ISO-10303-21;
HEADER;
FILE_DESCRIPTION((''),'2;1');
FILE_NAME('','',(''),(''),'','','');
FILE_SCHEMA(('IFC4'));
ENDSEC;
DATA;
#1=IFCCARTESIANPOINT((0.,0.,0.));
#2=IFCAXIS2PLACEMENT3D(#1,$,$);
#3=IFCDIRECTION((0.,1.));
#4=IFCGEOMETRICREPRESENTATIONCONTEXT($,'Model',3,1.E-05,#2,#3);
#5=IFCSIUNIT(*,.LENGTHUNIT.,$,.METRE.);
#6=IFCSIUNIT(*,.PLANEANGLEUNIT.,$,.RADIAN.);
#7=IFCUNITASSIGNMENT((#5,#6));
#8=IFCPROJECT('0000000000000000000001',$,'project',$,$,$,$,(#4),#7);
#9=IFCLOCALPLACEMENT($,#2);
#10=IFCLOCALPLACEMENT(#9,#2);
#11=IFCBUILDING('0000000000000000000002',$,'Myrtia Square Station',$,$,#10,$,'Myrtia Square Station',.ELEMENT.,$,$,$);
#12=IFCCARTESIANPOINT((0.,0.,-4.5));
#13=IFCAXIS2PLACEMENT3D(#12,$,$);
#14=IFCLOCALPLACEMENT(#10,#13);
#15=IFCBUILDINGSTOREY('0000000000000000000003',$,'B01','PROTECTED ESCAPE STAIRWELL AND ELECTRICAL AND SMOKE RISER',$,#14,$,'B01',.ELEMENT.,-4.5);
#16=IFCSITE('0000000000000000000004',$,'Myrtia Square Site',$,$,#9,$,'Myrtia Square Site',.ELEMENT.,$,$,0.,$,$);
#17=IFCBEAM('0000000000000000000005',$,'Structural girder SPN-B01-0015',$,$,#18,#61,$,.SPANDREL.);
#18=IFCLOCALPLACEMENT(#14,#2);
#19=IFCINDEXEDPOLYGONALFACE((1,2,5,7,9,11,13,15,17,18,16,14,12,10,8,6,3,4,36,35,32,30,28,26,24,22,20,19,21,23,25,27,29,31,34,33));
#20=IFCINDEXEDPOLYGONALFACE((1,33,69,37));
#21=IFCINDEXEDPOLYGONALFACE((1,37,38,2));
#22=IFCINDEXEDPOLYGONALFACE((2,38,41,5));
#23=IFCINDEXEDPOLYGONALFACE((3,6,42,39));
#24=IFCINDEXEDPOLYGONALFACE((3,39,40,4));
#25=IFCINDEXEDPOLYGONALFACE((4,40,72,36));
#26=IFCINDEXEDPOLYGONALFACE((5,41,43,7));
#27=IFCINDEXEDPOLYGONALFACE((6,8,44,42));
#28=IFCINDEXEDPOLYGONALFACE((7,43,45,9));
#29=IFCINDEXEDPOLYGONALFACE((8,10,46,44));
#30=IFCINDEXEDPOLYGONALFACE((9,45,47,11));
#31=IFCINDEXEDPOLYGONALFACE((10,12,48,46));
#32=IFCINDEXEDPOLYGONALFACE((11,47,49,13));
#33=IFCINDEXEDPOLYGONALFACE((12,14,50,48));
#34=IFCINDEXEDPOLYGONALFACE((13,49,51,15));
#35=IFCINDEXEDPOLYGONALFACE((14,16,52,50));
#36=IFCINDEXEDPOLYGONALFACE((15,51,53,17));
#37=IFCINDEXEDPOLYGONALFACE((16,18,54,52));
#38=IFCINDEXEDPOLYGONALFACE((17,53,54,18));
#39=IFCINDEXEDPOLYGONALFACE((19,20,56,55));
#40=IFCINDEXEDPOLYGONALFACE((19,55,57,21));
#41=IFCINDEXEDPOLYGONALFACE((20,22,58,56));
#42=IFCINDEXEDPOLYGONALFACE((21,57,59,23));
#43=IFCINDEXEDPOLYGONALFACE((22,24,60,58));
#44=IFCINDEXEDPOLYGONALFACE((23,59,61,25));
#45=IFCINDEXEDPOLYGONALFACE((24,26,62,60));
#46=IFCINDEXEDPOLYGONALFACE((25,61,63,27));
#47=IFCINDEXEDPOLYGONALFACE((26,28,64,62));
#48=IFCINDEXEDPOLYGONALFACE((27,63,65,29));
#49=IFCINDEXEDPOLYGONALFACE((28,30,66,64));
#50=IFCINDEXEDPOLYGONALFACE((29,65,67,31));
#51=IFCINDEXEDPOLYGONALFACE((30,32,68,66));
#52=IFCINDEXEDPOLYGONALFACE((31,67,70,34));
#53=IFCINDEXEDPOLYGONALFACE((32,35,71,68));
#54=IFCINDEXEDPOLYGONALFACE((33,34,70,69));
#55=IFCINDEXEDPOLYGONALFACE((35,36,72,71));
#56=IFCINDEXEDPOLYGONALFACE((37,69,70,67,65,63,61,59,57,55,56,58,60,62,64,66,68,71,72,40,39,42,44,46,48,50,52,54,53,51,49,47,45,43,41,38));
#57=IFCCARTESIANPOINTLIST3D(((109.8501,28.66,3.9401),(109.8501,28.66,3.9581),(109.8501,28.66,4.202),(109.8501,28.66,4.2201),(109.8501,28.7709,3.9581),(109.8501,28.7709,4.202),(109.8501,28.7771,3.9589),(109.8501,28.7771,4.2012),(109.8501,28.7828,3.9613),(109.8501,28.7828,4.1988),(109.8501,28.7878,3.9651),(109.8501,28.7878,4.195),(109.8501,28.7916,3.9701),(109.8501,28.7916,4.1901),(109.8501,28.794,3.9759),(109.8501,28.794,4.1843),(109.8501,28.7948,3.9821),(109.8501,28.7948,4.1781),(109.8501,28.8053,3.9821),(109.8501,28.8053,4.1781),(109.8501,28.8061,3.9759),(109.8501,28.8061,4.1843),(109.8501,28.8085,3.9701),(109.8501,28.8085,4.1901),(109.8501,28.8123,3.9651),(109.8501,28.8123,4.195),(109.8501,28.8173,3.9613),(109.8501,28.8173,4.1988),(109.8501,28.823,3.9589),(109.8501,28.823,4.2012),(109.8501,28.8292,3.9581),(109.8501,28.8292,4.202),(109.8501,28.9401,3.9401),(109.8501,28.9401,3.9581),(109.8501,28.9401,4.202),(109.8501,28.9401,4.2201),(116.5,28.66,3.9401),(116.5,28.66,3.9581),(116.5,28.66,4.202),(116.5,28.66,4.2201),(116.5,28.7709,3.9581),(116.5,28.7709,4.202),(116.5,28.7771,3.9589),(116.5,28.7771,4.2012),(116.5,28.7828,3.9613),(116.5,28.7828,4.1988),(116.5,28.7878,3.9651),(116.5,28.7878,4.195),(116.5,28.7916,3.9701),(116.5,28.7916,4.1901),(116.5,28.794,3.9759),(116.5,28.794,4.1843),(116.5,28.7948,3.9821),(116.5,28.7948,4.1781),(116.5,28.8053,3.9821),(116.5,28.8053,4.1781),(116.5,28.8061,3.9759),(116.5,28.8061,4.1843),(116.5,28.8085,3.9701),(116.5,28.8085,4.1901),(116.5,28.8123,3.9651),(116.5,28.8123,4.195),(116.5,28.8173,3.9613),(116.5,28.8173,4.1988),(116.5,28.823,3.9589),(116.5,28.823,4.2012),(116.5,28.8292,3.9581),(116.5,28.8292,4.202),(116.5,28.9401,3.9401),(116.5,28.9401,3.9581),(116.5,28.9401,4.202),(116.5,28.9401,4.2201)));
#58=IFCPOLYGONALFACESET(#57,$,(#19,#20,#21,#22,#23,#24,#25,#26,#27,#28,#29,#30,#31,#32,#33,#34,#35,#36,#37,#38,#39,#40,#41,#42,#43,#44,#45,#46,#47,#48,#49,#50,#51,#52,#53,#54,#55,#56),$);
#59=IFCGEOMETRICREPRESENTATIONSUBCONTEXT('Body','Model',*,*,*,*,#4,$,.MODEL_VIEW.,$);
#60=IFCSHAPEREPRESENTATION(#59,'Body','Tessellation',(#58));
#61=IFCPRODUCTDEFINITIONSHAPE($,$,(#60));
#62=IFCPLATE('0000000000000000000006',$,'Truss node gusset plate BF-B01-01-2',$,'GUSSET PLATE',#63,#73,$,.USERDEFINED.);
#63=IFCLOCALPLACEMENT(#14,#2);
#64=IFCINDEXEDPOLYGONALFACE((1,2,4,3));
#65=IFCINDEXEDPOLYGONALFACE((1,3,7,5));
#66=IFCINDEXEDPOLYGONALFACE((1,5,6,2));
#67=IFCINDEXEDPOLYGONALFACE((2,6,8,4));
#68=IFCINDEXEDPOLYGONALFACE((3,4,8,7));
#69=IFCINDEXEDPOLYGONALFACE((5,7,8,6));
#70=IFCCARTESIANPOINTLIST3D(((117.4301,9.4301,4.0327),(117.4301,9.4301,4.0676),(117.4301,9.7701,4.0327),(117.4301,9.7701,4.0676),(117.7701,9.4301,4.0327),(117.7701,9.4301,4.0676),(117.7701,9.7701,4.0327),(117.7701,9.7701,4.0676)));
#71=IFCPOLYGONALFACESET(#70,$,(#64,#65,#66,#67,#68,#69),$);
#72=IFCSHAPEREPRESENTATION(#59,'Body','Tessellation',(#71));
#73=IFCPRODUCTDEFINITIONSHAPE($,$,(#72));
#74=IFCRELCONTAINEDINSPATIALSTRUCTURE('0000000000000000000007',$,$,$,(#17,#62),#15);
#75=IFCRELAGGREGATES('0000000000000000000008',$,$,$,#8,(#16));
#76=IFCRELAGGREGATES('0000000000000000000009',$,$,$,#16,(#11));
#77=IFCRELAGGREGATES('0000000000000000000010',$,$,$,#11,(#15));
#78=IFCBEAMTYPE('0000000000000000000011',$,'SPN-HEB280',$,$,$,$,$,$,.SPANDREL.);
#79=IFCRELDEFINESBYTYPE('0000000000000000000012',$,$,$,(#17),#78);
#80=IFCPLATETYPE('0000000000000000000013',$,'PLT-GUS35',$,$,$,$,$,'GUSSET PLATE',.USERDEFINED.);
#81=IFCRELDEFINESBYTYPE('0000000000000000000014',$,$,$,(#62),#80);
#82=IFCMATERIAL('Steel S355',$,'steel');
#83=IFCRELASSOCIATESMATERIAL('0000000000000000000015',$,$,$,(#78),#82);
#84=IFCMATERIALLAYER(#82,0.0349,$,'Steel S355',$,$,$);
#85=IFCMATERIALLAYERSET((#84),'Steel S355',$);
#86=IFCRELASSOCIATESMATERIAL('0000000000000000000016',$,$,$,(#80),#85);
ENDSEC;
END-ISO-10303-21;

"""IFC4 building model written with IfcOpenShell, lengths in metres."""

from ifc_helpers import new_model, si_unit, direction, frame, origin, origin_2d, place, context, subcontext, project, spatial, rectangle, i_section, extrude, material, layer, layer_set, material_profile, profile_set, type_object, element, save


model = new_model("IFC4")

# Units and contexts
model_context = context("Model", 3, precision=1e-05, world=origin(), true_north=direction((0.0, 1.0)))
body_context = subcontext(model_context, "Body", "Model", "MODEL_VIEW")
ifc_project = project(units=[si_unit("LENGTHUNIT", "METRE"), si_unit("PLANEANGLEUNIT", "RADIAN")], contexts=[model_context])

# Site, building, storey
site_placement = place(None, origin())
site = spatial("IfcSite", under=ifc_project, at=site_placement, Name="Myrtia Square Site", LongName="Myrtia Square Site", CompositionType="ELEMENT", RefElevation=0.0)
building_placement = place(site_placement, origin())
building = spatial("IfcBuilding", under=site, at=building_placement, Name="Myrtia Square Station", LongName="Myrtia Square Station", CompositionType="ELEMENT")
storey_placement = place(building_placement, frame((0.0, 0.0, -4.5)))
storey = spatial("IfcBuildingStorey", under=building, at=storey_placement, Name="B01", Description="PROTECTED ESCAPE STAIRWELL AND ELECTRICAL AND SMOKE RISER", LongName="B01", CompositionType="ELEMENT", Elevation=-4.5)

# Shared definitions
ifc_material_1 = material(Name="Steel S355", Category="steel")

# Beam
ifc_material_profile_1 = material_profile(ifc_material_1, i_section(OverallWidth=0.28, OverallDepth=0.28, WebThickness=0.0105, FlangeThickness=0.0181, FilletRadius=0.0239, at=origin_2d()), Name="HEB 280")
ifc_profile_set_1 = profile_set([ifc_material_profile_1], Name="Steel S355")
beam_type_1 = type_object("IfcBeamType", Name="SPN-HEB280", PredefinedType="SPANDREL", material=ifc_profile_set_1)
beam_1_placement = place(storey_placement, frame((109.8501, 28.8, 4.0801), z_axis=(1.0, 0.0, 0.0), x_axis=(0.0, 1.0, 0.0)))
element("IfcBeam", 1, at=beam_1_placement, inside=storey, type_object=beam_type_1, Name="Structural girder SPN-B01-0015", PredefinedType="SPANDREL", context=body_context, shape_type="SweptSolid", body=[
    extrude(i_section(OverallWidth=0.28, OverallDepth=0.28, WebThickness=0.0105, FlangeThickness=0.0181, FilletRadius=0.0239, at=origin_2d()), origin(), (0.0, 0.0, 1.0), 6.6499),
])

# Plate
ifc_layer = layer(ifc_material_1, 0.0349, Name="Steel S355")
ifc_layer_set = layer_set([ifc_layer], Name="Steel S355")
plate_type = type_object("IfcPlateType", Name="PLT-GUS35", ElementType="GUSSET PLATE", PredefinedType="USERDEFINED", material=ifc_layer_set)
plate_placement = place(storey_placement, frame((117.6001, 9.6001, 4.0327), z_axis=(0.0, 0.0, 1.0), x_axis=(0.0, 1.0, 0.0)))
element("IfcPlate", 2, at=plate_placement, inside=storey, type_object=plate_type, Name="Truss node gusset plate BF-B01-01-2", ObjectType="GUSSET PLATE", PredefinedType="USERDEFINED", context=body_context, shape_type="SweptSolid", body=[
    extrude(rectangle(XDim=0.3401, YDim=0.3401, at=origin_2d()), origin(), (0.0, 0.0, 1.0), 0.0349),
])

save(model, "model.ifc")
